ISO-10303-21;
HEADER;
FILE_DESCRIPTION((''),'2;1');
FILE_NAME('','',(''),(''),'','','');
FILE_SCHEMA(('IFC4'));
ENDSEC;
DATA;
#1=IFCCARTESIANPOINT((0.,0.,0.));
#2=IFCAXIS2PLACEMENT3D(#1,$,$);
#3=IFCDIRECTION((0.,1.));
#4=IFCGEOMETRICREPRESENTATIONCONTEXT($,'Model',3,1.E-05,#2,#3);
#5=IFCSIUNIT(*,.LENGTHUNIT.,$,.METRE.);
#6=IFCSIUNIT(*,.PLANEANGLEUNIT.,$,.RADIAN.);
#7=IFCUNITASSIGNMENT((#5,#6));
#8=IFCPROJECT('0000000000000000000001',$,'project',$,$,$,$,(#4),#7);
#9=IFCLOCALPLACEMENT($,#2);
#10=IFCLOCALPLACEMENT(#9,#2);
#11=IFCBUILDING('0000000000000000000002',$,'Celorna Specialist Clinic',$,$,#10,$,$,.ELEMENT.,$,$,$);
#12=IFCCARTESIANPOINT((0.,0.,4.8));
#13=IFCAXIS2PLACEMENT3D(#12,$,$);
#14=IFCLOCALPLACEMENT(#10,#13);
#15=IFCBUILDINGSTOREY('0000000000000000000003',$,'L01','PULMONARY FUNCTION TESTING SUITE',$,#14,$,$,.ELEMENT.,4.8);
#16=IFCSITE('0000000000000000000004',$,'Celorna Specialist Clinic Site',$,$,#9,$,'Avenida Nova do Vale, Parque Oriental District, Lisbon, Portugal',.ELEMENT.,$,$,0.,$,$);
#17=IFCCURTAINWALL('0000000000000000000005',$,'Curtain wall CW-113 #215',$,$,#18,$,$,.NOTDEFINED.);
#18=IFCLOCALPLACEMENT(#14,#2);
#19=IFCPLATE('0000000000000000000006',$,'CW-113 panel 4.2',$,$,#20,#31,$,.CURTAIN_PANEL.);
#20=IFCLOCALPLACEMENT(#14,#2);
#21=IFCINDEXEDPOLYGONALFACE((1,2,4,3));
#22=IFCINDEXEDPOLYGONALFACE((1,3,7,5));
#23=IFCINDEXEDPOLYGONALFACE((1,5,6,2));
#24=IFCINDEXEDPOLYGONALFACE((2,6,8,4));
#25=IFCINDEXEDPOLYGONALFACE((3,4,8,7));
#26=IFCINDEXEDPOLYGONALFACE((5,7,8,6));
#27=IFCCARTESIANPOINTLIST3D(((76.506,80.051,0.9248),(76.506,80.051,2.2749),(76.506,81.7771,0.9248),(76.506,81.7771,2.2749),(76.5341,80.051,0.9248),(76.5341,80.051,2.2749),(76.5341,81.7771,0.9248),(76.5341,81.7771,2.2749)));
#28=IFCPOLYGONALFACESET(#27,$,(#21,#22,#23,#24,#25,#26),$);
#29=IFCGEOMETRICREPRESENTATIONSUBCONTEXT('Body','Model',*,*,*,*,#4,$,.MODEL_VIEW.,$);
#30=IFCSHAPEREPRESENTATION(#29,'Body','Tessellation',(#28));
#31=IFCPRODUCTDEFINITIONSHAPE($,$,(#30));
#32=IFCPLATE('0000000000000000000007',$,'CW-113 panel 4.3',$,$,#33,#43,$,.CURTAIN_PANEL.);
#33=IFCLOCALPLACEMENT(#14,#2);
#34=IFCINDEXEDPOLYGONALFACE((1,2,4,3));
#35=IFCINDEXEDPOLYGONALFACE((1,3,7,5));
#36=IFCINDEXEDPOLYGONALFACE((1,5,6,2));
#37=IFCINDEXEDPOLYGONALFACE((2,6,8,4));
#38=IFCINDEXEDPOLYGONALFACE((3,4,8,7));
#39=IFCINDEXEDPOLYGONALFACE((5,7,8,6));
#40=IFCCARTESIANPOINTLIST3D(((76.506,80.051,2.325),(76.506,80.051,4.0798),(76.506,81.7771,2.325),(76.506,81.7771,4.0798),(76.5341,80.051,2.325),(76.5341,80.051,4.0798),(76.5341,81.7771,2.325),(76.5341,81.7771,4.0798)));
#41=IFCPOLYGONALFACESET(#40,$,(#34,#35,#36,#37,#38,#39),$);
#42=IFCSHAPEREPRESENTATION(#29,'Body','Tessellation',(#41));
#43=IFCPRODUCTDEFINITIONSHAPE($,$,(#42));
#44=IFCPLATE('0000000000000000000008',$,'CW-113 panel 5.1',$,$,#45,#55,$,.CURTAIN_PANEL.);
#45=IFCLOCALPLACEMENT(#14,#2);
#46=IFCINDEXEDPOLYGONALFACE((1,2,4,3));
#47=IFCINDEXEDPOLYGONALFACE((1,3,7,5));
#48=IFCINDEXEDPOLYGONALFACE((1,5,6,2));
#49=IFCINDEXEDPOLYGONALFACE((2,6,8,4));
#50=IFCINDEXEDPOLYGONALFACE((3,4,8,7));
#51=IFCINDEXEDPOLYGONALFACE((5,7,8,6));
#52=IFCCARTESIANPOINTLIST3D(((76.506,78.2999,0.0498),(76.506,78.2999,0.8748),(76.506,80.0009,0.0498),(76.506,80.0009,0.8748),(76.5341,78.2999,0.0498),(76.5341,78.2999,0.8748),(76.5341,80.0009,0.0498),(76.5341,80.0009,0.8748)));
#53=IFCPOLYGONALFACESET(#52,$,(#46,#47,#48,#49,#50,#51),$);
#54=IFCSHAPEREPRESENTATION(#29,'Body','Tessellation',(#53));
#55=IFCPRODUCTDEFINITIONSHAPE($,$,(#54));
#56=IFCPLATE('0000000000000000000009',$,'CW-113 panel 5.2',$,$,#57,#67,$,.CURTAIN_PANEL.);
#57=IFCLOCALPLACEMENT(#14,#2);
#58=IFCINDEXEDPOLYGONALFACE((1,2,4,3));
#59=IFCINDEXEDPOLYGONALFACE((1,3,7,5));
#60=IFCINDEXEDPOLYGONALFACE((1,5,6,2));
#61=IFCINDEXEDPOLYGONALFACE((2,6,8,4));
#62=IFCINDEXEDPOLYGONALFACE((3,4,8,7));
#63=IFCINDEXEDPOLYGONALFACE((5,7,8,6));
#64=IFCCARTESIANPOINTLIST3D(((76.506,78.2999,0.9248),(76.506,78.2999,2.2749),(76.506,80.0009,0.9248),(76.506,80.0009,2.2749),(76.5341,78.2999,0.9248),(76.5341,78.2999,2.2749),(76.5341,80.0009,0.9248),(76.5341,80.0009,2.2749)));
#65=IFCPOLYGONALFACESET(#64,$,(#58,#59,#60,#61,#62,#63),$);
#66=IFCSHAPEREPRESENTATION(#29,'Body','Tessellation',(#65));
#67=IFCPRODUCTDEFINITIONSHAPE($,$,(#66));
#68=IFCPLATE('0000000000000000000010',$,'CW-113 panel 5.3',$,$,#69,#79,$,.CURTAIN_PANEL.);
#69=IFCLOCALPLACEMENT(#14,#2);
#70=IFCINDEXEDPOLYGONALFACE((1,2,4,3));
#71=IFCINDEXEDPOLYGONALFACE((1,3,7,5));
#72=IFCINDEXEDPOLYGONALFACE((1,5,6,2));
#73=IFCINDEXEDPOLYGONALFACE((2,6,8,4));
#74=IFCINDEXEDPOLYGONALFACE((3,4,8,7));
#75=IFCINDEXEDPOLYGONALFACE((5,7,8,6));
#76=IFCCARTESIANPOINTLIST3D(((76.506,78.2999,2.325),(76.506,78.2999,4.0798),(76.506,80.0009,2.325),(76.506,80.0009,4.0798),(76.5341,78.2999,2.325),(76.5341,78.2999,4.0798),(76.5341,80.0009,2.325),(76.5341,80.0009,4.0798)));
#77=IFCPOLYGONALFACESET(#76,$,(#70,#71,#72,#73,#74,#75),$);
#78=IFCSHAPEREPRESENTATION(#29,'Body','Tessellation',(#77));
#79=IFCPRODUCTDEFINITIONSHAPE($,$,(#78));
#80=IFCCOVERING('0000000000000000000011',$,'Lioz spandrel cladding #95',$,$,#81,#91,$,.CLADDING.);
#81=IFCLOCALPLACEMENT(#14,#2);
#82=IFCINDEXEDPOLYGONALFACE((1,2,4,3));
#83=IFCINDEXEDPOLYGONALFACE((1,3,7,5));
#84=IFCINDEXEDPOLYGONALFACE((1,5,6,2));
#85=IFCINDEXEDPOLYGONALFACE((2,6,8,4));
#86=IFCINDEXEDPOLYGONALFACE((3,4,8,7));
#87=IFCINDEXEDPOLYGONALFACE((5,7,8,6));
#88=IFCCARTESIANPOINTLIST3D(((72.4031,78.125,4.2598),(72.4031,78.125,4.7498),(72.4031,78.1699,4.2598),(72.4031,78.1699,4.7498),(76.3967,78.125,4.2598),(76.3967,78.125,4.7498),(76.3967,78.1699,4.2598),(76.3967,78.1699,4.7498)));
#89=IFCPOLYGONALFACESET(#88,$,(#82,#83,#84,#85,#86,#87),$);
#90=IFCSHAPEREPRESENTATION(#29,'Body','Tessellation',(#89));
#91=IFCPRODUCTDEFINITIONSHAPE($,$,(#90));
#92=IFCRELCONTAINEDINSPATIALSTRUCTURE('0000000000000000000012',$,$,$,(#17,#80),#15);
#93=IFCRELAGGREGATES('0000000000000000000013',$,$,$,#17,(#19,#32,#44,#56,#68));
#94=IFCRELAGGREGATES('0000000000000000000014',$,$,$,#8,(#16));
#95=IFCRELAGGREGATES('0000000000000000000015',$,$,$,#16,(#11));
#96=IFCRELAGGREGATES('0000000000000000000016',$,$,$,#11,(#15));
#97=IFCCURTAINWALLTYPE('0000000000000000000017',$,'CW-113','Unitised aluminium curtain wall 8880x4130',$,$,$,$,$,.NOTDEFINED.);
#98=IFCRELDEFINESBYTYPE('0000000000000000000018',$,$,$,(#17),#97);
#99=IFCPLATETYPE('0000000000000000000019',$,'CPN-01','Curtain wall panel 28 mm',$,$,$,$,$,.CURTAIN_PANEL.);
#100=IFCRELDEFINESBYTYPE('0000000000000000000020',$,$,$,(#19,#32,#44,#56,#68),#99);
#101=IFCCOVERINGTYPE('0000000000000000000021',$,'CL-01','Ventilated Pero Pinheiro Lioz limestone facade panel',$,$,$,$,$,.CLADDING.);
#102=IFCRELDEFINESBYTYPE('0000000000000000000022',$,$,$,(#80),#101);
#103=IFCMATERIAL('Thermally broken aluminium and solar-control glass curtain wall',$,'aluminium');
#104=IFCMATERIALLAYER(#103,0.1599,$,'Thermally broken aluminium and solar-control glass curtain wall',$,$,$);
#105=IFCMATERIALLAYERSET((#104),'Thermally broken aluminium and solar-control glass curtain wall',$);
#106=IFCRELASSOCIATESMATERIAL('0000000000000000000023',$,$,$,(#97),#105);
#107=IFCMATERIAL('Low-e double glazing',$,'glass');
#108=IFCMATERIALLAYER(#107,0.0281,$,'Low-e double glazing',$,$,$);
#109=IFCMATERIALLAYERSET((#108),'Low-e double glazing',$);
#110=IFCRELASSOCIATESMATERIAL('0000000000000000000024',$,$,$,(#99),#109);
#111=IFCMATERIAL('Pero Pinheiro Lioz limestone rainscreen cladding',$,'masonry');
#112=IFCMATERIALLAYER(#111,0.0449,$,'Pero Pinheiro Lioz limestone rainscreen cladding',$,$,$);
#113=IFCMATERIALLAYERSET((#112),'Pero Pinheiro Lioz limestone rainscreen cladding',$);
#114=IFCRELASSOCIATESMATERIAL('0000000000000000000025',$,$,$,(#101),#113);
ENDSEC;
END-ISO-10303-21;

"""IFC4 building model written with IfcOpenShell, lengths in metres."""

from ifc_helpers import new_model, si_unit, direction, frame, origin, origin_2d, place, context, subcontext, project, spatial, rectangle, extrude, material, layer, layer_set, type_object, element, aggregate, save


model = new_model("IFC4")

# Units and contexts
model_context = context("Model", 3, precision=1e-05, world=origin(), true_north=direction((0.0, 1.0)))
body_context = subcontext(model_context, "Body", "Model", "MODEL_VIEW")
ifc_project = project(units=[si_unit("LENGTHUNIT", "METRE"), si_unit("PLANEANGLEUNIT", "RADIAN")], contexts=[model_context])

# Site, building, storey
site_placement = place(None, origin())
site = spatial("IfcSite", under=ifc_project, at=site_placement, Name="Celorna Specialist Clinic Site", LongName="Avenida Nova do Vale, Parque Oriental District, Lisbon, Portugal", CompositionType="ELEMENT", RefElevation=0.0)
building_placement = place(site_placement, origin())
building = spatial("IfcBuilding", under=site, at=building_placement, Name="Celorna Specialist Clinic", CompositionType="ELEMENT")
storey_placement = place(building_placement, frame((0.0, 0.0, 4.8)))
storey = spatial("IfcBuildingStorey", under=building, at=storey_placement, Name="L01", Description="PULMONARY FUNCTION TESTING SUITE", CompositionType="ELEMENT", Elevation=4.8)

# Curtain wall, plates
ifc_material_1 = material(Name="Thermally broken aluminium and solar-control glass curtain wall", Category="aluminium")
ifc_layer_1 = layer(ifc_material_1, 0.1599, Name="Thermally broken aluminium and solar-control glass curtain wall")
ifc_layer_set_1 = layer_set([ifc_layer_1], Name="Thermally broken aluminium and solar-control glass curtain wall")
curtain_wall_type = type_object("IfcCurtainWallType", Name="CW-113", Description="Unitised aluminium curtain wall 8880x4130", PredefinedType="NOTDEFINED", material=ifc_layer_set_1)
curtain_wall_placement = place(storey_placement, origin())
curtain_wall = element("IfcCurtainWall", 1, at=curtain_wall_placement, inside=storey, type_object=curtain_wall_type, Name="Curtain wall CW-113 #215", PredefinedType="NOTDEFINED")
ifc_material_2 = material(Name="Low-e double glazing", Category="glass")
ifc_layer_2 = layer(ifc_material_2, 0.0281, Name="Low-e double glazing")
ifc_layer_set_2 = layer_set([ifc_layer_2], Name="Low-e double glazing")
plate_type = type_object("IfcPlateType", Name="CPN-01", Description="Curtain wall panel 28 mm", PredefinedType="CURTAIN_PANEL", material=ifc_layer_set_2)
plate_1_placement = place(storey_placement, frame((76.52, 80.9141, 0.9248), z_axis=(0.0, 0.0, 1.0), x_axis=(0.0, -1.0, 0.0)))
plate_1 = element("IfcPlate", 2, at=plate_1_placement, type_object=plate_type, Name="CW-113 panel 4.2", PredefinedType="CURTAIN_PANEL", context=body_context, shape_type="SweptSolid", body=[
    extrude(rectangle(XDim=1.7261, YDim=0.0281, at=origin_2d()), origin(), (0.0, 0.0, 1.0), 1.3501),
])
plate_2_placement = place(storey_placement, frame((76.52, 80.9141, 2.325), z_axis=(0.0, 0.0, 1.0), x_axis=(0.0, -1.0, 0.0)))
plate_2 = element("IfcPlate", 3, at=plate_2_placement, type_object=plate_type, Name="CW-113 panel 4.3", PredefinedType="CURTAIN_PANEL", context=body_context, shape_type="SweptSolid", body=[
    extrude(rectangle(XDim=1.7261, YDim=0.0281, at=origin_2d()), origin(), (0.0, 0.0, 1.0), 1.7549),
])
plate_3_placement = place(storey_placement, frame((76.52, 79.1504, 0.0498), z_axis=(0.0, 0.0, 1.0), x_axis=(0.0, -1.0, 0.0)))
plate_3 = element("IfcPlate", 4, at=plate_3_placement, type_object=plate_type, Name="CW-113 panel 5.1", PredefinedType="CURTAIN_PANEL", context=body_context, shape_type="SweptSolid", body=[
    extrude(rectangle(XDim=1.7009, YDim=0.0281, at=origin_2d()), origin(), (0.0, 0.0, 1.0), 0.825),
])
plate_4_placement = place(storey_placement, frame((76.52, 79.1504, 0.9248), z_axis=(0.0, 0.0, 1.0), x_axis=(0.0, -1.0, 0.0)))
plate_4 = element("IfcPlate", 5, at=plate_4_placement, type_object=plate_type, Name="CW-113 panel 5.2", PredefinedType="CURTAIN_PANEL", context=body_context, shape_type="SweptSolid", body=[
    extrude(rectangle(XDim=1.7009, YDim=0.0281, at=origin_2d()), origin(), (0.0, 0.0, 1.0), 1.3501),
])
plate_5_placement = place(storey_placement, frame((76.52, 79.1504, 2.325), z_axis=(0.0, 0.0, 1.0), x_axis=(0.0, -1.0, 0.0)))
plate_5 = element("IfcPlate", 6, at=plate_5_placement, type_object=plate_type, Name="CW-113 panel 5.3", PredefinedType="CURTAIN_PANEL", context=body_context, shape_type="SweptSolid", body=[
    extrude(rectangle(XDim=1.7009, YDim=0.0281, at=origin_2d()), origin(), (0.0, 0.0, 1.0), 1.7549),
])
aggregate(curtain_wall, [plate_1, plate_2, plate_3, plate_4, plate_5])

# Covering
ifc_material_3 = material(Name="Pero Pinheiro Lioz limestone rainscreen cladding", Category="masonry")
ifc_layer_3 = layer(ifc_material_3, 0.0449, Name="Pero Pinheiro Lioz limestone rainscreen cladding")
ifc_layer_set_3 = layer_set([ifc_layer_3], Name="Pero Pinheiro Lioz limestone rainscreen cladding")
covering_type = type_object("IfcCoveringType", Name="CL-01", Description="Ventilated Pero Pinheiro Lioz limestone facade panel", PredefinedType="CLADDING", material=ifc_layer_set_3)
covering_placement = place(storey_placement, frame((74.3999, 78.1475, 4.2598), z_axis=(0.0, 0.0, 1.0), x_axis=(1.0, 0.0, 0.0)))
element("IfcCovering", 7, at=covering_placement, inside=storey, type_object=covering_type, Name="Lioz spandrel cladding #95", PredefinedType="CLADDING", context=body_context, shape_type="SweptSolid", body=[
    extrude(rectangle(XDim=3.9937, YDim=0.0449, at=origin_2d()), origin(), (0.0, 0.0, 1.0), 0.49),
])

save(model, "model.ifc")
